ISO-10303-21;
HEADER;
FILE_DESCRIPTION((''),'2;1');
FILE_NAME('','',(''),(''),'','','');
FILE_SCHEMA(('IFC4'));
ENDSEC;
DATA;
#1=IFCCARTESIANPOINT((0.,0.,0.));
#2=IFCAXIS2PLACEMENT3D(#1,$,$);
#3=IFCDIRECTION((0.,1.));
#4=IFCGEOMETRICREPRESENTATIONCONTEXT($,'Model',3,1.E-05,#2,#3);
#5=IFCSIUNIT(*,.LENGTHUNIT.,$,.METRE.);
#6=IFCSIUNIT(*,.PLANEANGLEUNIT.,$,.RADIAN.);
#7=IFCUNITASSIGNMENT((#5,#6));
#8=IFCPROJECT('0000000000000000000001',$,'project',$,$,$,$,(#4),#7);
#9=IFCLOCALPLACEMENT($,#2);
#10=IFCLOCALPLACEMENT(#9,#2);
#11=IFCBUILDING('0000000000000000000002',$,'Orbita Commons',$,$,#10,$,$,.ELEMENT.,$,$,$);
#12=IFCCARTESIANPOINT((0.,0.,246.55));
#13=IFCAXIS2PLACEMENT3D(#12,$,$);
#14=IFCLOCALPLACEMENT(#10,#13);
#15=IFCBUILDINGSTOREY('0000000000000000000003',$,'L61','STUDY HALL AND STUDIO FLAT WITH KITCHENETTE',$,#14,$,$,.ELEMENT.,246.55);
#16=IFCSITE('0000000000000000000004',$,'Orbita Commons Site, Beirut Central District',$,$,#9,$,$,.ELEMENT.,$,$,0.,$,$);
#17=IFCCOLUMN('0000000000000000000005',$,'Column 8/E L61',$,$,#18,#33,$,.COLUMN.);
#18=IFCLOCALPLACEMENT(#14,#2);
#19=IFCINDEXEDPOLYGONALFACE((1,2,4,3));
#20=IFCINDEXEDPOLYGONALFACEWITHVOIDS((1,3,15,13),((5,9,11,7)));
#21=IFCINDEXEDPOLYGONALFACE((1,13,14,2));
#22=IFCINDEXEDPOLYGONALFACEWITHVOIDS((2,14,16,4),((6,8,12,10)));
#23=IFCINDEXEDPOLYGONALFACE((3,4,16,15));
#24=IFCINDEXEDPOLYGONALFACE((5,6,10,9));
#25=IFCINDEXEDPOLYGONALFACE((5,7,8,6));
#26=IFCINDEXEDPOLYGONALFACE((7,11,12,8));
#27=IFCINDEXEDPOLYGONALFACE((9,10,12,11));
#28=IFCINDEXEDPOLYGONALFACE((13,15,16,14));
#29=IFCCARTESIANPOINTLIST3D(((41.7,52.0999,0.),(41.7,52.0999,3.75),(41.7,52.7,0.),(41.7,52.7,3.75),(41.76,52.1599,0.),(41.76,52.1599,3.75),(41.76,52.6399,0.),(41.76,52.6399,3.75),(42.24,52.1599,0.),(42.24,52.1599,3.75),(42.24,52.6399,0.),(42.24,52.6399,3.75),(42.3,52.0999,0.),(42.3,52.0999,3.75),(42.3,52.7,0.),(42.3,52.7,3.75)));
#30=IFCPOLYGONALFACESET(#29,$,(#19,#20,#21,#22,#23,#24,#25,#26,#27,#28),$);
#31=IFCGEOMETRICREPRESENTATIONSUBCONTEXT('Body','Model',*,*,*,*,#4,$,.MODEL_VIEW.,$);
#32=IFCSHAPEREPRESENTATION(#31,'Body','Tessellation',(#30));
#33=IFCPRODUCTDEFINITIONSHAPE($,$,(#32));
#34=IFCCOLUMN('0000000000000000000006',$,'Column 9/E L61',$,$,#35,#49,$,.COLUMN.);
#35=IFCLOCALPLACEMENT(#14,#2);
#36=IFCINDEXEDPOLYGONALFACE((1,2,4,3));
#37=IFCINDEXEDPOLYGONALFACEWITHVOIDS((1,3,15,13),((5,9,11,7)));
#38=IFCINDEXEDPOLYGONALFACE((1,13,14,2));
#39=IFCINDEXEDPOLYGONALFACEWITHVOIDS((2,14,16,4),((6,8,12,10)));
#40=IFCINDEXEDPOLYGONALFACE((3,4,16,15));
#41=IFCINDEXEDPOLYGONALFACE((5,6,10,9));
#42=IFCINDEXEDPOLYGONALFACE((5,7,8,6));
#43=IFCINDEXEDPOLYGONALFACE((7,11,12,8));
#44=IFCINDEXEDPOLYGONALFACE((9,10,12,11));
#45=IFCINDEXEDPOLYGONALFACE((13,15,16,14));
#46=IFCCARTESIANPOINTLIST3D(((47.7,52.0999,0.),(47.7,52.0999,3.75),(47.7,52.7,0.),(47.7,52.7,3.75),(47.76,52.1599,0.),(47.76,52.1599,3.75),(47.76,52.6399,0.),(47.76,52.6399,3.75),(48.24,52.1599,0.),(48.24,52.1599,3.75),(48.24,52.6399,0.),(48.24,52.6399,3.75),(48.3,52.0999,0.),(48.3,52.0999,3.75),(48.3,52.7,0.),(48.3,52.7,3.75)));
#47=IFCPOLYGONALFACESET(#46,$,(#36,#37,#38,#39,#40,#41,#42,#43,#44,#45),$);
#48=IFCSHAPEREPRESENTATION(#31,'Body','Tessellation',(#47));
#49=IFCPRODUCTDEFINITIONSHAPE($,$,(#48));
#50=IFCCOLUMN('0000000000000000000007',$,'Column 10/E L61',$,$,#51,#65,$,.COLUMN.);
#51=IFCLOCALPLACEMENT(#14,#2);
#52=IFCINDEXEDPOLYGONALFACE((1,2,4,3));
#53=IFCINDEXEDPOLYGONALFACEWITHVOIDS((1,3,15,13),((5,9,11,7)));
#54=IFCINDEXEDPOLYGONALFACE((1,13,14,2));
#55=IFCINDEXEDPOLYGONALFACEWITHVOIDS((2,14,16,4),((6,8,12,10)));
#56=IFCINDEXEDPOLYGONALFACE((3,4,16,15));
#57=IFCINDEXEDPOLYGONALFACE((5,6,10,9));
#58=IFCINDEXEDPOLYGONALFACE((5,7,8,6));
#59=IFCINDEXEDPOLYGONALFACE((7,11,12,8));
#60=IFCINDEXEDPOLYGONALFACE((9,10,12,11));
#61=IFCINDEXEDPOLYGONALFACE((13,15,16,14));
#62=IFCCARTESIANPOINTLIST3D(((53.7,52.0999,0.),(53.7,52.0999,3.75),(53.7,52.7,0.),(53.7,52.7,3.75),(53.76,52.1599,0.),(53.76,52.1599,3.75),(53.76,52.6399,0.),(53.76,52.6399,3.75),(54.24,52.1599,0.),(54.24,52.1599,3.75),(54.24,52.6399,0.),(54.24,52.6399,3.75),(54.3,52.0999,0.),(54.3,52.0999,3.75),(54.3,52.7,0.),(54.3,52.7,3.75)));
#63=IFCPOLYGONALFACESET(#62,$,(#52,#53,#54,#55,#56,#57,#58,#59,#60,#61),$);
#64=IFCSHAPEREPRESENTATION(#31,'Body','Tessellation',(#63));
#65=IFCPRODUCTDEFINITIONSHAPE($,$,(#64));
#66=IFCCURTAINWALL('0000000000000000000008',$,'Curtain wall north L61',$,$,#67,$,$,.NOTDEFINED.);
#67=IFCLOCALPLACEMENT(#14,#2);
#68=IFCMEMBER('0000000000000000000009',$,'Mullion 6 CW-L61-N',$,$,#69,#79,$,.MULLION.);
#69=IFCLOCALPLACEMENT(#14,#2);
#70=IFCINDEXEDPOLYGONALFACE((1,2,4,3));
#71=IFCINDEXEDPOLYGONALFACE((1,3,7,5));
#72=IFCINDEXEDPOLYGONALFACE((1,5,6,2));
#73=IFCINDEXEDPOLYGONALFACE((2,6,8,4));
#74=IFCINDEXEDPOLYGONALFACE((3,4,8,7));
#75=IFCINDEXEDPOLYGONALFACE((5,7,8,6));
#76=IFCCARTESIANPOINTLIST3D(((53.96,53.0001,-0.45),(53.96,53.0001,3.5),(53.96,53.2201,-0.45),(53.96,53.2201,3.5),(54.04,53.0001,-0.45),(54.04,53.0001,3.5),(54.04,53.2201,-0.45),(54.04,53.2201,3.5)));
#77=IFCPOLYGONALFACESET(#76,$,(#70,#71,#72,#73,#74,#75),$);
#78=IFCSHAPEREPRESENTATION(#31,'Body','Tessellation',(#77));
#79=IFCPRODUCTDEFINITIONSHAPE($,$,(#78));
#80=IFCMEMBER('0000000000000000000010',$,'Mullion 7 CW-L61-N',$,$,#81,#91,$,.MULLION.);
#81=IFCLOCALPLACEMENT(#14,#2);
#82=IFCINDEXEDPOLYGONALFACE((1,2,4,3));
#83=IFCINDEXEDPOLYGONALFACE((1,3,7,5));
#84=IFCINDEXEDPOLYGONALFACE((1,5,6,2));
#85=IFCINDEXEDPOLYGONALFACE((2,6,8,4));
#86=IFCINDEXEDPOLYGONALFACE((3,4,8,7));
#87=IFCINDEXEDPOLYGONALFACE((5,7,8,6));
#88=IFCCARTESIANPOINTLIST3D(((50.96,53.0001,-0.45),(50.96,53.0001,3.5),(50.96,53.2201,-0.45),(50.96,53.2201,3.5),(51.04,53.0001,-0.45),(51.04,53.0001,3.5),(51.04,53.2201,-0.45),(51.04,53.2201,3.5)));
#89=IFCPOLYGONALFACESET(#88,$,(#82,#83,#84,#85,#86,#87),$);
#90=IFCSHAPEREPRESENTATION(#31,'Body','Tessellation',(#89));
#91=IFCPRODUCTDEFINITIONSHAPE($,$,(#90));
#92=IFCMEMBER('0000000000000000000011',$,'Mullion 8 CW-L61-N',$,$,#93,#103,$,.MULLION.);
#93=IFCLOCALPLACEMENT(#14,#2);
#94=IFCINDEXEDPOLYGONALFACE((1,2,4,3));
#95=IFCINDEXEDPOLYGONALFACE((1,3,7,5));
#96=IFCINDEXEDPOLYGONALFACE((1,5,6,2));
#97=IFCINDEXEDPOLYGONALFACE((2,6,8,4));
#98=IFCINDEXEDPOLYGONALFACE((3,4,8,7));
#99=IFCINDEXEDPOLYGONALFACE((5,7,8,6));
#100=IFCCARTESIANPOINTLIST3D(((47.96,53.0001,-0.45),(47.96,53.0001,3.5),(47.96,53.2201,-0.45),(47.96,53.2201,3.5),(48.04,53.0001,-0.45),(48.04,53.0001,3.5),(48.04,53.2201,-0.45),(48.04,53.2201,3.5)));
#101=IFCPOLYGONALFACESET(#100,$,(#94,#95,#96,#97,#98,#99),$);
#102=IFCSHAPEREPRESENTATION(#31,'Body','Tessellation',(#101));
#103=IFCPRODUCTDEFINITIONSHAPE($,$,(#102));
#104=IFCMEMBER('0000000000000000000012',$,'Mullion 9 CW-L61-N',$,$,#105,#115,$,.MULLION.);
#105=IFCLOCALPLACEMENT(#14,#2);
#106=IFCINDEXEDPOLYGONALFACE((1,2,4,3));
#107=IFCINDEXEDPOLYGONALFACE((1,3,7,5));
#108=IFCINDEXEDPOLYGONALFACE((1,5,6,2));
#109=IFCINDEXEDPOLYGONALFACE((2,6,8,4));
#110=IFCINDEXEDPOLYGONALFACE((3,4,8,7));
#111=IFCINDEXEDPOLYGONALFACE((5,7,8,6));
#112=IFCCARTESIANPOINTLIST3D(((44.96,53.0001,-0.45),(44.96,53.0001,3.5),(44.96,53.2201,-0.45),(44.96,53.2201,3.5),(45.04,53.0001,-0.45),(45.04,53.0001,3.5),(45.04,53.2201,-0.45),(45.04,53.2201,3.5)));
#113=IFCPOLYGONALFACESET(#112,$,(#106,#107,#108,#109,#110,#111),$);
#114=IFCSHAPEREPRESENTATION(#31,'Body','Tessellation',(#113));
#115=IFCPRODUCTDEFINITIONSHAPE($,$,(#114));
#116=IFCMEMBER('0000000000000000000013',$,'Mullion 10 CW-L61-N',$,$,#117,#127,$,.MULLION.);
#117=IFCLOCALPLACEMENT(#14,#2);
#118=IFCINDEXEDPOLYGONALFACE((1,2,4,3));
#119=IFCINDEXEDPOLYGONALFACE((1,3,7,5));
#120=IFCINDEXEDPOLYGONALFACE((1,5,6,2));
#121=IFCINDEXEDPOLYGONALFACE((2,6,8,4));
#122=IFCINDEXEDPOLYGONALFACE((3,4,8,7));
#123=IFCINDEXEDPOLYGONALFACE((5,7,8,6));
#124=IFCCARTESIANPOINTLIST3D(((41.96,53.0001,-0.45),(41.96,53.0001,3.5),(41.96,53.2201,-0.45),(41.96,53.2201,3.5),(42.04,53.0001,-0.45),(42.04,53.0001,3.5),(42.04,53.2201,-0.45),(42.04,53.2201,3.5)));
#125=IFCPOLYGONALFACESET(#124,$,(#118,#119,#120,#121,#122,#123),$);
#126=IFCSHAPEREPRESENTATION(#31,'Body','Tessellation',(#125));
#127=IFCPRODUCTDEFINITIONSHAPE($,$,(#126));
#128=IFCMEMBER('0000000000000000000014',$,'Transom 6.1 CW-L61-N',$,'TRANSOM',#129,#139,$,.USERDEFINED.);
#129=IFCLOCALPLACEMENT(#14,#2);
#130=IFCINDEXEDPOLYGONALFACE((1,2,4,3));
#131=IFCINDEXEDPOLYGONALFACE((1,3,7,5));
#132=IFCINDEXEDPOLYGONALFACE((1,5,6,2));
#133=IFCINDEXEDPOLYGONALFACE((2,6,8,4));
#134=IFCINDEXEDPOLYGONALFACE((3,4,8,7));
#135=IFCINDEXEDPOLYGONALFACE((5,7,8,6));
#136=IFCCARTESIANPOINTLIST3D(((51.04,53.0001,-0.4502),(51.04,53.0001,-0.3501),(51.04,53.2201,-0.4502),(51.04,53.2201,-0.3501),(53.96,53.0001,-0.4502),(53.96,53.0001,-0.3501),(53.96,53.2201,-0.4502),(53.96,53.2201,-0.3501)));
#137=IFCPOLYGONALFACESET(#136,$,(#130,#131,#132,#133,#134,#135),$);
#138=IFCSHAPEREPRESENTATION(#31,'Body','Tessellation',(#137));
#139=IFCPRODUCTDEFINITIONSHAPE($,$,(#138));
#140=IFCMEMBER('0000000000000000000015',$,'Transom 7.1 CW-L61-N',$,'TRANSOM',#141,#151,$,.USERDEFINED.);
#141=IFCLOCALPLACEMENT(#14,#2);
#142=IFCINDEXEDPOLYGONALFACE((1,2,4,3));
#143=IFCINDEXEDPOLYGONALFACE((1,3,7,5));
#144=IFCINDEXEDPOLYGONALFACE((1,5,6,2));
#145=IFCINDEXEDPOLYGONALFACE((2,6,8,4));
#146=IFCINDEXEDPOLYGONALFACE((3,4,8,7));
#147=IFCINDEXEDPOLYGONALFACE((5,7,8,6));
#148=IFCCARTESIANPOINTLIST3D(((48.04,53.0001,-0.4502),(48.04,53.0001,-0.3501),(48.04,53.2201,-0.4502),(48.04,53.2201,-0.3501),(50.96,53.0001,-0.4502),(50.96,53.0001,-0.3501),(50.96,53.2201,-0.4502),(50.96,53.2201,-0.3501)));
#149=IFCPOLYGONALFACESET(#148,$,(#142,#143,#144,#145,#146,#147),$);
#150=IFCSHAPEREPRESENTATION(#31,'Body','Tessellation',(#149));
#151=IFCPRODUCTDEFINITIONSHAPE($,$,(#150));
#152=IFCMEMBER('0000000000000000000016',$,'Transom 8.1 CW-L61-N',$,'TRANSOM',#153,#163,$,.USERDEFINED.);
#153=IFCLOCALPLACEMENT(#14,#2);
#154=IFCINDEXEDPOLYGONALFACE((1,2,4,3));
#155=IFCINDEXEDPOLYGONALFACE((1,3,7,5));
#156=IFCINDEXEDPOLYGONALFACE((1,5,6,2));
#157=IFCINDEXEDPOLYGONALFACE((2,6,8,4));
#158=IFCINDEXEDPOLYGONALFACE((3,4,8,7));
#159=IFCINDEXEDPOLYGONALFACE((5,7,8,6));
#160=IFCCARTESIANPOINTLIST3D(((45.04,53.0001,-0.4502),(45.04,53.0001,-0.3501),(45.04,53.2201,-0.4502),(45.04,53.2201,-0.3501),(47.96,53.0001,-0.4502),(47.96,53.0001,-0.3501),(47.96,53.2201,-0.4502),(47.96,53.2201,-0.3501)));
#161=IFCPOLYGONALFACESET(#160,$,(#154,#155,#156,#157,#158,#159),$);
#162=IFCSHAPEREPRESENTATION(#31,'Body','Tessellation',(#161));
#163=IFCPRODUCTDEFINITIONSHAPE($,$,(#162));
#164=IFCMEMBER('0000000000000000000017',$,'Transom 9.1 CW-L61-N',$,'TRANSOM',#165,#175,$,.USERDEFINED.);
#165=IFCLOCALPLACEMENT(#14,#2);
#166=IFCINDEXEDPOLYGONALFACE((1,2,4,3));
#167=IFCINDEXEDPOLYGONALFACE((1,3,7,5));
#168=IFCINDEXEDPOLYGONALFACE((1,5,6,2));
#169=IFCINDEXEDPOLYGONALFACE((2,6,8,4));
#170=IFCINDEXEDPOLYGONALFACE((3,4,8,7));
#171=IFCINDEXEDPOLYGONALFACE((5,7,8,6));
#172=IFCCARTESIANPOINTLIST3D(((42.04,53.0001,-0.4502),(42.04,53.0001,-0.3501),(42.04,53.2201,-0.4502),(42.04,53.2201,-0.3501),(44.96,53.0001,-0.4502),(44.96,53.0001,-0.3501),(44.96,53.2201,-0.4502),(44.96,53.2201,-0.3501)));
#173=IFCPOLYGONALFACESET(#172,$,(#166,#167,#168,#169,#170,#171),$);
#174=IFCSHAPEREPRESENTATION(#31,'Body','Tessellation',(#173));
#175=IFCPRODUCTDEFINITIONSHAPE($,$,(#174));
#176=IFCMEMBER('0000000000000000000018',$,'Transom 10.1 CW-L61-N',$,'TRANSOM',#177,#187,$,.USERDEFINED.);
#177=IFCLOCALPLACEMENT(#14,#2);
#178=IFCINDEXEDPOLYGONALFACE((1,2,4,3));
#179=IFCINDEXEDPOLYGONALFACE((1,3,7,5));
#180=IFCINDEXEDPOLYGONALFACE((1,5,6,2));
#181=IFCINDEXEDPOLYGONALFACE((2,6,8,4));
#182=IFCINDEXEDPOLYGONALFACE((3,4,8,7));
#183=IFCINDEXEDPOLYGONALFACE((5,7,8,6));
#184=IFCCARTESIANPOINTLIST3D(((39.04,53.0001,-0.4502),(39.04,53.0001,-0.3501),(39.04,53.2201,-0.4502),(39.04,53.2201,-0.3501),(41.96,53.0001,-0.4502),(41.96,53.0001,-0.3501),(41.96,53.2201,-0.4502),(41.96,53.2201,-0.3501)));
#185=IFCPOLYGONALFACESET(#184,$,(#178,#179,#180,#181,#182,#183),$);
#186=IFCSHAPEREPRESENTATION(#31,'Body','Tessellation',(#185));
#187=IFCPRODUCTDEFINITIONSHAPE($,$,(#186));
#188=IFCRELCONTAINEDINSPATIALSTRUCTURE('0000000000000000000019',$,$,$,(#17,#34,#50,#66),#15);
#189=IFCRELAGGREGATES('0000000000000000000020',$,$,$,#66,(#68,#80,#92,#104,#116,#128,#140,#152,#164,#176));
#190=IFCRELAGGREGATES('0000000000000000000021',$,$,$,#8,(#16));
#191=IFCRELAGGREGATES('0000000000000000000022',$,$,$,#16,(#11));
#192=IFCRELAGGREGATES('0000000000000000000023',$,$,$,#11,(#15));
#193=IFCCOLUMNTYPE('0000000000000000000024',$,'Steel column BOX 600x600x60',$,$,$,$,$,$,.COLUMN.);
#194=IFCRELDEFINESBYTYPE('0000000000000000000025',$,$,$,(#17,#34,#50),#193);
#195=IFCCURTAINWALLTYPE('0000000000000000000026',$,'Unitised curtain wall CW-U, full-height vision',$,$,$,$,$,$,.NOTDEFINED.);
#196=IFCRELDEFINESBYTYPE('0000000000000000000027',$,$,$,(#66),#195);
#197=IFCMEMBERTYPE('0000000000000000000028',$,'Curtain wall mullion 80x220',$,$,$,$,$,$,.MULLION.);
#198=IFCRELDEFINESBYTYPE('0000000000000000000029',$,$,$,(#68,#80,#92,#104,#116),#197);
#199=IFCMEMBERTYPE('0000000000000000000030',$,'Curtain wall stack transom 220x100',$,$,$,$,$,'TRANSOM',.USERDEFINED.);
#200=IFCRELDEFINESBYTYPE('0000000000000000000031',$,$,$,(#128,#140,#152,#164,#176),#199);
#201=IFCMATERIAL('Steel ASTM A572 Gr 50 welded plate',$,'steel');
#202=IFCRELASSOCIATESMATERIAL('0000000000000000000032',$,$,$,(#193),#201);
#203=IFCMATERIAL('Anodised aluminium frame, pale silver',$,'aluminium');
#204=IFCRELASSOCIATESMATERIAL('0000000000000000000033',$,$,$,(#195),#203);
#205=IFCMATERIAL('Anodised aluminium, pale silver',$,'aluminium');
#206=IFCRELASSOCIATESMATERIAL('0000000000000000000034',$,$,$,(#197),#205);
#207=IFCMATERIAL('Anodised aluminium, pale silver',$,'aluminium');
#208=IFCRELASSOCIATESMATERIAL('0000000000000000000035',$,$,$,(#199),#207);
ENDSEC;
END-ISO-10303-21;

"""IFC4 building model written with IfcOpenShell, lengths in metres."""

from ifc_helpers import new_model, si_unit, direction, frame, origin, origin_2d, place, context, subcontext, project, spatial, rectangle, hollow_rectangle, extrude, material, material_profile, profile_set, type_object, element, aggregate, save


model = new_model("IFC4")

# Units and contexts
model_context = context("Model", 3, precision=1e-05, world=origin(), true_north=direction((0.0, 1.0)))
body_context = subcontext(model_context, "Body", "Model", "MODEL_VIEW")
ifc_project = project(units=[si_unit("LENGTHUNIT", "METRE"), si_unit("PLANEANGLEUNIT", "RADIAN")], contexts=[model_context])

# Site, building, storey
site_placement = place(None, origin())
site = spatial("IfcSite", under=ifc_project, at=site_placement, Name="Orbita Commons Site, Beirut Central District", CompositionType="ELEMENT", RefElevation=0.0)
building_placement = place(site_placement, origin())
building = spatial("IfcBuilding", under=site, at=building_placement, Name="Orbita Commons", CompositionType="ELEMENT")
storey_placement = place(building_placement, frame((0.0, 0.0, 246.55)))
storey = spatial("IfcBuildingStorey", under=building, at=storey_placement, Name="L61", Description="STUDY HALL AND STUDIO FLAT WITH KITCHENETTE", CompositionType="ELEMENT", Elevation=246.55)

# Columns
ifc_material_1 = material(Name="Steel ASTM A572 Gr 50 welded plate", Category="steel")
ifc_material_profile_1 = material_profile(ifc_material_1, hollow_rectangle(XDim=0.6001, YDim=0.6001, WallThickness=0.0601, at=origin_2d()), Name="BOX 600x600x60")
ifc_profile_set_1 = profile_set([ifc_material_profile_1], Name="Steel ASTM A572 Gr 50 welded plate")
column_type = type_object("IfcColumnType", Name="Steel column BOX 600x600x60", PredefinedType="COLUMN", material=ifc_profile_set_1)
for number, where, z_axis, x_axis, name in (
    (1, (42.0, 52.3999, 0.0), (0.0, 0.0, 1.0), (1.0, 0.0, 0.0), "Column 8/E L61"),
    (2, (48.0, 52.3999, 0.0), (0.0, 0.0, 1.0), (1.0, 0.0, 0.0), "Column 9/E L61"),
    (3, (54.0, 52.3999, 0.0), (0.0, 0.0, 1.0), (1.0, 0.0, 0.0), "Column 10/E L61"),
):
    element("IfcColumn", number, at=place(storey_placement, frame(where, z_axis=z_axis, x_axis=x_axis)), inside=storey, type_object=column_type, Name=name, PredefinedType="COLUMN", context=body_context, shape_type="SweptSolid", body=[
        extrude(hollow_rectangle(XDim=0.6001, YDim=0.6001, WallThickness=0.0601, at=origin_2d()), origin(), (0.0, 0.0, 1.0), 3.75),
    ])

# Curtain wall, members
ifc_material_2 = material(Name="Anodised aluminium frame, pale silver", Category="aluminium")
curtain_wall_type = type_object("IfcCurtainWallType", Name="Unitised curtain wall CW-U, full-height vision", PredefinedType="NOTDEFINED", material=ifc_material_2)
curtain_wall_placement = place(storey_placement, origin())
curtain_wall = element("IfcCurtainWall", 4, at=curtain_wall_placement, inside=storey, type_object=curtain_wall_type, Name="Curtain wall north L61", PredefinedType="NOTDEFINED")
ifc_material_3 = material(Name="Anodised aluminium, pale silver", Category="aluminium")
ifc_material_profile_2 = material_profile(ifc_material_3, rectangle(XDim=0.0801, YDim=0.22, at=origin_2d()), Name="AL 80x220")
ifc_profile_set_2 = profile_set([ifc_material_profile_2], Name="Anodised aluminium, pale silver")
member_type_1 = type_object("IfcMemberType", Name="Curtain wall mullion 80x220", PredefinedType="MULLION", material=ifc_profile_set_2)
member_1_placement = place(storey_placement, frame((54.0, 53.1101, -0.45), z_axis=(0.0, 0.0, 1.0), x_axis=(-1.0, 0.0, 0.0)))
member_1 = element("IfcMember", 5, at=member_1_placement, type_object=member_type_1, Name="Mullion 6 CW-L61-N", PredefinedType="MULLION", context=body_context, shape_type="SweptSolid", body=[
    extrude(rectangle(XDim=0.0801, YDim=0.22, at=origin_2d()), origin(), (0.0, 0.0, 1.0), 3.95),
])
member_2_placement = place(storey_placement, frame((51.0, 53.1101, -0.45), z_axis=(0.0, 0.0, 1.0), x_axis=(-1.0, 0.0, 0.0)))
member_2 = element("IfcMember", 6, at=member_2_placement, type_object=member_type_1, Name="Mullion 7 CW-L61-N", PredefinedType="MULLION", context=body_context, shape_type="SweptSolid", body=[
    extrude(rectangle(XDim=0.0801, YDim=0.22, at=origin_2d()), origin(), (0.0, 0.0, 1.0), 3.95),
])
member_3_placement = place(storey_placement, frame((48.0, 53.1101, -0.45), z_axis=(0.0, 0.0, 1.0), x_axis=(-1.0, 0.0, 0.0)))
member_3 = element("IfcMember", 7, at=member_3_placement, type_object=member_type_1, Name="Mullion 8 CW-L61-N", PredefinedType="MULLION", context=body_context, shape_type="SweptSolid", body=[
    extrude(rectangle(XDim=0.0801, YDim=0.22, at=origin_2d()), origin(), (0.0, 0.0, 1.0), 3.95),
])
member_4_placement = place(storey_placement, frame((45.0, 53.1101, -0.45), z_axis=(0.0, 0.0, 1.0), x_axis=(-1.0, 0.0, 0.0)))
member_4 = element("IfcMember", 8, at=member_4_placement, type_object=member_type_1, Name="Mullion 9 CW-L61-N", PredefinedType="MULLION", context=body_context, shape_type="SweptSolid", body=[
    extrude(rectangle(XDim=0.0801, YDim=0.22, at=origin_2d()), origin(), (0.0, 0.0, 1.0), 3.95),
])
member_5_placement = place(storey_placement, frame((42.0, 53.1101, -0.45), z_axis=(0.0, 0.0, 1.0), x_axis=(-1.0, 0.0, 0.0)))
member_5 = element("IfcMember", 9, at=member_5_placement, type_object=member_type_1, Name="Mullion 10 CW-L61-N", PredefinedType="MULLION", context=body_context, shape_type="SweptSolid", body=[
    extrude(rectangle(XDim=0.0801, YDim=0.22, at=origin_2d()), origin(), (0.0, 0.0, 1.0), 3.95),
])
ifc_material_4 = material(Name="Anodised aluminium, pale silver", Category="aluminium")
ifc_material_profile_3 = material_profile(ifc_material_4, rectangle(XDim=0.22, YDim=0.1001, at=origin_2d()), Name="AL 220x100")
ifc_profile_set_3 = profile_set([ifc_material_profile_3], Name="Anodised aluminium, pale silver")
member_type_2 = type_object("IfcMemberType", Name="Curtain wall stack transom 220x100", ElementType="TRANSOM", PredefinedType="USERDEFINED", material=ifc_profile_set_3)
member_6_placement = place(storey_placement, frame((53.96, 53.1101, -0.4001), z_axis=(-1.0, 0.0, 0.0), x_axis=(0.0, -1.0, 0.0)))
member_6 = element("IfcMember", 10, at=member_6_placement, type_object=member_type_2, Name="Transom 6.1 CW-L61-N", ObjectType="TRANSOM", PredefinedType="USERDEFINED", context=body_context, shape_type="SweptSolid", body=[
    extrude(rectangle(XDim=0.22, YDim=0.1001, at=origin_2d()), origin(), (0.0, 0.0, 1.0), 2.9199),
])
member_7_placement = place(storey_placement, frame((50.96, 53.1101, -0.4001), z_axis=(-1.0, 0.0, 0.0), x_axis=(0.0, -1.0, 0.0)))
member_7 = element("IfcMember", 11, at=member_7_placement, type_object=member_type_2, Name="Transom 7.1 CW-L61-N", ObjectType="TRANSOM", PredefinedType="USERDEFINED", context=body_context, shape_type="SweptSolid", body=[
    extrude(rectangle(XDim=0.22, YDim=0.1001, at=origin_2d()), origin(), (0.0, 0.0, 1.0), 2.9199),
])
member_8_placement = place(storey_placement, frame((47.96, 53.1101, -0.4001), z_axis=(-1.0, 0.0, 0.0), x_axis=(0.0, -1.0, 0.0)))
member_8 = element("IfcMember", 12, at=member_8_placement, type_object=member_type_2, Name="Transom 8.1 CW-L61-N", ObjectType="TRANSOM", PredefinedType="USERDEFINED", context=body_context, shape_type="SweptSolid", body=[
    extrude(rectangle(XDim=0.22, YDim=0.1001, at=origin_2d()), origin(), (0.0, 0.0, 1.0), 2.9199),
])
member_9_placement = place(storey_placement, frame((44.96, 53.1101, -0.4001), z_axis=(-1.0, 0.0, 0.0), x_axis=(0.0, -1.0, 0.0)))
member_9 = element("IfcMember", 13, at=member_9_placement, type_object=member_type_2, Name="Transom 9.1 CW-L61-N", ObjectType="TRANSOM", PredefinedType="USERDEFINED", context=body_context, shape_type="SweptSolid", body=[
    extrude(rectangle(XDim=0.22, YDim=0.1001, at=origin_2d()), origin(), (0.0, 0.0, 1.0), 2.9199),
])
member_10_placement = place(storey_placement, frame((41.96, 53.1101, -0.4001), z_axis=(-1.0, 0.0, 0.0), x_axis=(0.0, -1.0, 0.0)))
member_10 = element("IfcMember", 14, at=member_10_placement, type_object=member_type_2, Name="Transom 10.1 CW-L61-N", ObjectType="TRANSOM", PredefinedType="USERDEFINED", context=body_context, shape_type="SweptSolid", body=[
    extrude(rectangle(XDim=0.22, YDim=0.1001, at=origin_2d()), origin(), (0.0, 0.0, 1.0), 2.9199),
])

aggregate(curtain_wall, [member_1, member_2, member_3, member_4, member_5, member_6, member_7, member_8, member_9, member_10])

save(model, "model.ifc")
